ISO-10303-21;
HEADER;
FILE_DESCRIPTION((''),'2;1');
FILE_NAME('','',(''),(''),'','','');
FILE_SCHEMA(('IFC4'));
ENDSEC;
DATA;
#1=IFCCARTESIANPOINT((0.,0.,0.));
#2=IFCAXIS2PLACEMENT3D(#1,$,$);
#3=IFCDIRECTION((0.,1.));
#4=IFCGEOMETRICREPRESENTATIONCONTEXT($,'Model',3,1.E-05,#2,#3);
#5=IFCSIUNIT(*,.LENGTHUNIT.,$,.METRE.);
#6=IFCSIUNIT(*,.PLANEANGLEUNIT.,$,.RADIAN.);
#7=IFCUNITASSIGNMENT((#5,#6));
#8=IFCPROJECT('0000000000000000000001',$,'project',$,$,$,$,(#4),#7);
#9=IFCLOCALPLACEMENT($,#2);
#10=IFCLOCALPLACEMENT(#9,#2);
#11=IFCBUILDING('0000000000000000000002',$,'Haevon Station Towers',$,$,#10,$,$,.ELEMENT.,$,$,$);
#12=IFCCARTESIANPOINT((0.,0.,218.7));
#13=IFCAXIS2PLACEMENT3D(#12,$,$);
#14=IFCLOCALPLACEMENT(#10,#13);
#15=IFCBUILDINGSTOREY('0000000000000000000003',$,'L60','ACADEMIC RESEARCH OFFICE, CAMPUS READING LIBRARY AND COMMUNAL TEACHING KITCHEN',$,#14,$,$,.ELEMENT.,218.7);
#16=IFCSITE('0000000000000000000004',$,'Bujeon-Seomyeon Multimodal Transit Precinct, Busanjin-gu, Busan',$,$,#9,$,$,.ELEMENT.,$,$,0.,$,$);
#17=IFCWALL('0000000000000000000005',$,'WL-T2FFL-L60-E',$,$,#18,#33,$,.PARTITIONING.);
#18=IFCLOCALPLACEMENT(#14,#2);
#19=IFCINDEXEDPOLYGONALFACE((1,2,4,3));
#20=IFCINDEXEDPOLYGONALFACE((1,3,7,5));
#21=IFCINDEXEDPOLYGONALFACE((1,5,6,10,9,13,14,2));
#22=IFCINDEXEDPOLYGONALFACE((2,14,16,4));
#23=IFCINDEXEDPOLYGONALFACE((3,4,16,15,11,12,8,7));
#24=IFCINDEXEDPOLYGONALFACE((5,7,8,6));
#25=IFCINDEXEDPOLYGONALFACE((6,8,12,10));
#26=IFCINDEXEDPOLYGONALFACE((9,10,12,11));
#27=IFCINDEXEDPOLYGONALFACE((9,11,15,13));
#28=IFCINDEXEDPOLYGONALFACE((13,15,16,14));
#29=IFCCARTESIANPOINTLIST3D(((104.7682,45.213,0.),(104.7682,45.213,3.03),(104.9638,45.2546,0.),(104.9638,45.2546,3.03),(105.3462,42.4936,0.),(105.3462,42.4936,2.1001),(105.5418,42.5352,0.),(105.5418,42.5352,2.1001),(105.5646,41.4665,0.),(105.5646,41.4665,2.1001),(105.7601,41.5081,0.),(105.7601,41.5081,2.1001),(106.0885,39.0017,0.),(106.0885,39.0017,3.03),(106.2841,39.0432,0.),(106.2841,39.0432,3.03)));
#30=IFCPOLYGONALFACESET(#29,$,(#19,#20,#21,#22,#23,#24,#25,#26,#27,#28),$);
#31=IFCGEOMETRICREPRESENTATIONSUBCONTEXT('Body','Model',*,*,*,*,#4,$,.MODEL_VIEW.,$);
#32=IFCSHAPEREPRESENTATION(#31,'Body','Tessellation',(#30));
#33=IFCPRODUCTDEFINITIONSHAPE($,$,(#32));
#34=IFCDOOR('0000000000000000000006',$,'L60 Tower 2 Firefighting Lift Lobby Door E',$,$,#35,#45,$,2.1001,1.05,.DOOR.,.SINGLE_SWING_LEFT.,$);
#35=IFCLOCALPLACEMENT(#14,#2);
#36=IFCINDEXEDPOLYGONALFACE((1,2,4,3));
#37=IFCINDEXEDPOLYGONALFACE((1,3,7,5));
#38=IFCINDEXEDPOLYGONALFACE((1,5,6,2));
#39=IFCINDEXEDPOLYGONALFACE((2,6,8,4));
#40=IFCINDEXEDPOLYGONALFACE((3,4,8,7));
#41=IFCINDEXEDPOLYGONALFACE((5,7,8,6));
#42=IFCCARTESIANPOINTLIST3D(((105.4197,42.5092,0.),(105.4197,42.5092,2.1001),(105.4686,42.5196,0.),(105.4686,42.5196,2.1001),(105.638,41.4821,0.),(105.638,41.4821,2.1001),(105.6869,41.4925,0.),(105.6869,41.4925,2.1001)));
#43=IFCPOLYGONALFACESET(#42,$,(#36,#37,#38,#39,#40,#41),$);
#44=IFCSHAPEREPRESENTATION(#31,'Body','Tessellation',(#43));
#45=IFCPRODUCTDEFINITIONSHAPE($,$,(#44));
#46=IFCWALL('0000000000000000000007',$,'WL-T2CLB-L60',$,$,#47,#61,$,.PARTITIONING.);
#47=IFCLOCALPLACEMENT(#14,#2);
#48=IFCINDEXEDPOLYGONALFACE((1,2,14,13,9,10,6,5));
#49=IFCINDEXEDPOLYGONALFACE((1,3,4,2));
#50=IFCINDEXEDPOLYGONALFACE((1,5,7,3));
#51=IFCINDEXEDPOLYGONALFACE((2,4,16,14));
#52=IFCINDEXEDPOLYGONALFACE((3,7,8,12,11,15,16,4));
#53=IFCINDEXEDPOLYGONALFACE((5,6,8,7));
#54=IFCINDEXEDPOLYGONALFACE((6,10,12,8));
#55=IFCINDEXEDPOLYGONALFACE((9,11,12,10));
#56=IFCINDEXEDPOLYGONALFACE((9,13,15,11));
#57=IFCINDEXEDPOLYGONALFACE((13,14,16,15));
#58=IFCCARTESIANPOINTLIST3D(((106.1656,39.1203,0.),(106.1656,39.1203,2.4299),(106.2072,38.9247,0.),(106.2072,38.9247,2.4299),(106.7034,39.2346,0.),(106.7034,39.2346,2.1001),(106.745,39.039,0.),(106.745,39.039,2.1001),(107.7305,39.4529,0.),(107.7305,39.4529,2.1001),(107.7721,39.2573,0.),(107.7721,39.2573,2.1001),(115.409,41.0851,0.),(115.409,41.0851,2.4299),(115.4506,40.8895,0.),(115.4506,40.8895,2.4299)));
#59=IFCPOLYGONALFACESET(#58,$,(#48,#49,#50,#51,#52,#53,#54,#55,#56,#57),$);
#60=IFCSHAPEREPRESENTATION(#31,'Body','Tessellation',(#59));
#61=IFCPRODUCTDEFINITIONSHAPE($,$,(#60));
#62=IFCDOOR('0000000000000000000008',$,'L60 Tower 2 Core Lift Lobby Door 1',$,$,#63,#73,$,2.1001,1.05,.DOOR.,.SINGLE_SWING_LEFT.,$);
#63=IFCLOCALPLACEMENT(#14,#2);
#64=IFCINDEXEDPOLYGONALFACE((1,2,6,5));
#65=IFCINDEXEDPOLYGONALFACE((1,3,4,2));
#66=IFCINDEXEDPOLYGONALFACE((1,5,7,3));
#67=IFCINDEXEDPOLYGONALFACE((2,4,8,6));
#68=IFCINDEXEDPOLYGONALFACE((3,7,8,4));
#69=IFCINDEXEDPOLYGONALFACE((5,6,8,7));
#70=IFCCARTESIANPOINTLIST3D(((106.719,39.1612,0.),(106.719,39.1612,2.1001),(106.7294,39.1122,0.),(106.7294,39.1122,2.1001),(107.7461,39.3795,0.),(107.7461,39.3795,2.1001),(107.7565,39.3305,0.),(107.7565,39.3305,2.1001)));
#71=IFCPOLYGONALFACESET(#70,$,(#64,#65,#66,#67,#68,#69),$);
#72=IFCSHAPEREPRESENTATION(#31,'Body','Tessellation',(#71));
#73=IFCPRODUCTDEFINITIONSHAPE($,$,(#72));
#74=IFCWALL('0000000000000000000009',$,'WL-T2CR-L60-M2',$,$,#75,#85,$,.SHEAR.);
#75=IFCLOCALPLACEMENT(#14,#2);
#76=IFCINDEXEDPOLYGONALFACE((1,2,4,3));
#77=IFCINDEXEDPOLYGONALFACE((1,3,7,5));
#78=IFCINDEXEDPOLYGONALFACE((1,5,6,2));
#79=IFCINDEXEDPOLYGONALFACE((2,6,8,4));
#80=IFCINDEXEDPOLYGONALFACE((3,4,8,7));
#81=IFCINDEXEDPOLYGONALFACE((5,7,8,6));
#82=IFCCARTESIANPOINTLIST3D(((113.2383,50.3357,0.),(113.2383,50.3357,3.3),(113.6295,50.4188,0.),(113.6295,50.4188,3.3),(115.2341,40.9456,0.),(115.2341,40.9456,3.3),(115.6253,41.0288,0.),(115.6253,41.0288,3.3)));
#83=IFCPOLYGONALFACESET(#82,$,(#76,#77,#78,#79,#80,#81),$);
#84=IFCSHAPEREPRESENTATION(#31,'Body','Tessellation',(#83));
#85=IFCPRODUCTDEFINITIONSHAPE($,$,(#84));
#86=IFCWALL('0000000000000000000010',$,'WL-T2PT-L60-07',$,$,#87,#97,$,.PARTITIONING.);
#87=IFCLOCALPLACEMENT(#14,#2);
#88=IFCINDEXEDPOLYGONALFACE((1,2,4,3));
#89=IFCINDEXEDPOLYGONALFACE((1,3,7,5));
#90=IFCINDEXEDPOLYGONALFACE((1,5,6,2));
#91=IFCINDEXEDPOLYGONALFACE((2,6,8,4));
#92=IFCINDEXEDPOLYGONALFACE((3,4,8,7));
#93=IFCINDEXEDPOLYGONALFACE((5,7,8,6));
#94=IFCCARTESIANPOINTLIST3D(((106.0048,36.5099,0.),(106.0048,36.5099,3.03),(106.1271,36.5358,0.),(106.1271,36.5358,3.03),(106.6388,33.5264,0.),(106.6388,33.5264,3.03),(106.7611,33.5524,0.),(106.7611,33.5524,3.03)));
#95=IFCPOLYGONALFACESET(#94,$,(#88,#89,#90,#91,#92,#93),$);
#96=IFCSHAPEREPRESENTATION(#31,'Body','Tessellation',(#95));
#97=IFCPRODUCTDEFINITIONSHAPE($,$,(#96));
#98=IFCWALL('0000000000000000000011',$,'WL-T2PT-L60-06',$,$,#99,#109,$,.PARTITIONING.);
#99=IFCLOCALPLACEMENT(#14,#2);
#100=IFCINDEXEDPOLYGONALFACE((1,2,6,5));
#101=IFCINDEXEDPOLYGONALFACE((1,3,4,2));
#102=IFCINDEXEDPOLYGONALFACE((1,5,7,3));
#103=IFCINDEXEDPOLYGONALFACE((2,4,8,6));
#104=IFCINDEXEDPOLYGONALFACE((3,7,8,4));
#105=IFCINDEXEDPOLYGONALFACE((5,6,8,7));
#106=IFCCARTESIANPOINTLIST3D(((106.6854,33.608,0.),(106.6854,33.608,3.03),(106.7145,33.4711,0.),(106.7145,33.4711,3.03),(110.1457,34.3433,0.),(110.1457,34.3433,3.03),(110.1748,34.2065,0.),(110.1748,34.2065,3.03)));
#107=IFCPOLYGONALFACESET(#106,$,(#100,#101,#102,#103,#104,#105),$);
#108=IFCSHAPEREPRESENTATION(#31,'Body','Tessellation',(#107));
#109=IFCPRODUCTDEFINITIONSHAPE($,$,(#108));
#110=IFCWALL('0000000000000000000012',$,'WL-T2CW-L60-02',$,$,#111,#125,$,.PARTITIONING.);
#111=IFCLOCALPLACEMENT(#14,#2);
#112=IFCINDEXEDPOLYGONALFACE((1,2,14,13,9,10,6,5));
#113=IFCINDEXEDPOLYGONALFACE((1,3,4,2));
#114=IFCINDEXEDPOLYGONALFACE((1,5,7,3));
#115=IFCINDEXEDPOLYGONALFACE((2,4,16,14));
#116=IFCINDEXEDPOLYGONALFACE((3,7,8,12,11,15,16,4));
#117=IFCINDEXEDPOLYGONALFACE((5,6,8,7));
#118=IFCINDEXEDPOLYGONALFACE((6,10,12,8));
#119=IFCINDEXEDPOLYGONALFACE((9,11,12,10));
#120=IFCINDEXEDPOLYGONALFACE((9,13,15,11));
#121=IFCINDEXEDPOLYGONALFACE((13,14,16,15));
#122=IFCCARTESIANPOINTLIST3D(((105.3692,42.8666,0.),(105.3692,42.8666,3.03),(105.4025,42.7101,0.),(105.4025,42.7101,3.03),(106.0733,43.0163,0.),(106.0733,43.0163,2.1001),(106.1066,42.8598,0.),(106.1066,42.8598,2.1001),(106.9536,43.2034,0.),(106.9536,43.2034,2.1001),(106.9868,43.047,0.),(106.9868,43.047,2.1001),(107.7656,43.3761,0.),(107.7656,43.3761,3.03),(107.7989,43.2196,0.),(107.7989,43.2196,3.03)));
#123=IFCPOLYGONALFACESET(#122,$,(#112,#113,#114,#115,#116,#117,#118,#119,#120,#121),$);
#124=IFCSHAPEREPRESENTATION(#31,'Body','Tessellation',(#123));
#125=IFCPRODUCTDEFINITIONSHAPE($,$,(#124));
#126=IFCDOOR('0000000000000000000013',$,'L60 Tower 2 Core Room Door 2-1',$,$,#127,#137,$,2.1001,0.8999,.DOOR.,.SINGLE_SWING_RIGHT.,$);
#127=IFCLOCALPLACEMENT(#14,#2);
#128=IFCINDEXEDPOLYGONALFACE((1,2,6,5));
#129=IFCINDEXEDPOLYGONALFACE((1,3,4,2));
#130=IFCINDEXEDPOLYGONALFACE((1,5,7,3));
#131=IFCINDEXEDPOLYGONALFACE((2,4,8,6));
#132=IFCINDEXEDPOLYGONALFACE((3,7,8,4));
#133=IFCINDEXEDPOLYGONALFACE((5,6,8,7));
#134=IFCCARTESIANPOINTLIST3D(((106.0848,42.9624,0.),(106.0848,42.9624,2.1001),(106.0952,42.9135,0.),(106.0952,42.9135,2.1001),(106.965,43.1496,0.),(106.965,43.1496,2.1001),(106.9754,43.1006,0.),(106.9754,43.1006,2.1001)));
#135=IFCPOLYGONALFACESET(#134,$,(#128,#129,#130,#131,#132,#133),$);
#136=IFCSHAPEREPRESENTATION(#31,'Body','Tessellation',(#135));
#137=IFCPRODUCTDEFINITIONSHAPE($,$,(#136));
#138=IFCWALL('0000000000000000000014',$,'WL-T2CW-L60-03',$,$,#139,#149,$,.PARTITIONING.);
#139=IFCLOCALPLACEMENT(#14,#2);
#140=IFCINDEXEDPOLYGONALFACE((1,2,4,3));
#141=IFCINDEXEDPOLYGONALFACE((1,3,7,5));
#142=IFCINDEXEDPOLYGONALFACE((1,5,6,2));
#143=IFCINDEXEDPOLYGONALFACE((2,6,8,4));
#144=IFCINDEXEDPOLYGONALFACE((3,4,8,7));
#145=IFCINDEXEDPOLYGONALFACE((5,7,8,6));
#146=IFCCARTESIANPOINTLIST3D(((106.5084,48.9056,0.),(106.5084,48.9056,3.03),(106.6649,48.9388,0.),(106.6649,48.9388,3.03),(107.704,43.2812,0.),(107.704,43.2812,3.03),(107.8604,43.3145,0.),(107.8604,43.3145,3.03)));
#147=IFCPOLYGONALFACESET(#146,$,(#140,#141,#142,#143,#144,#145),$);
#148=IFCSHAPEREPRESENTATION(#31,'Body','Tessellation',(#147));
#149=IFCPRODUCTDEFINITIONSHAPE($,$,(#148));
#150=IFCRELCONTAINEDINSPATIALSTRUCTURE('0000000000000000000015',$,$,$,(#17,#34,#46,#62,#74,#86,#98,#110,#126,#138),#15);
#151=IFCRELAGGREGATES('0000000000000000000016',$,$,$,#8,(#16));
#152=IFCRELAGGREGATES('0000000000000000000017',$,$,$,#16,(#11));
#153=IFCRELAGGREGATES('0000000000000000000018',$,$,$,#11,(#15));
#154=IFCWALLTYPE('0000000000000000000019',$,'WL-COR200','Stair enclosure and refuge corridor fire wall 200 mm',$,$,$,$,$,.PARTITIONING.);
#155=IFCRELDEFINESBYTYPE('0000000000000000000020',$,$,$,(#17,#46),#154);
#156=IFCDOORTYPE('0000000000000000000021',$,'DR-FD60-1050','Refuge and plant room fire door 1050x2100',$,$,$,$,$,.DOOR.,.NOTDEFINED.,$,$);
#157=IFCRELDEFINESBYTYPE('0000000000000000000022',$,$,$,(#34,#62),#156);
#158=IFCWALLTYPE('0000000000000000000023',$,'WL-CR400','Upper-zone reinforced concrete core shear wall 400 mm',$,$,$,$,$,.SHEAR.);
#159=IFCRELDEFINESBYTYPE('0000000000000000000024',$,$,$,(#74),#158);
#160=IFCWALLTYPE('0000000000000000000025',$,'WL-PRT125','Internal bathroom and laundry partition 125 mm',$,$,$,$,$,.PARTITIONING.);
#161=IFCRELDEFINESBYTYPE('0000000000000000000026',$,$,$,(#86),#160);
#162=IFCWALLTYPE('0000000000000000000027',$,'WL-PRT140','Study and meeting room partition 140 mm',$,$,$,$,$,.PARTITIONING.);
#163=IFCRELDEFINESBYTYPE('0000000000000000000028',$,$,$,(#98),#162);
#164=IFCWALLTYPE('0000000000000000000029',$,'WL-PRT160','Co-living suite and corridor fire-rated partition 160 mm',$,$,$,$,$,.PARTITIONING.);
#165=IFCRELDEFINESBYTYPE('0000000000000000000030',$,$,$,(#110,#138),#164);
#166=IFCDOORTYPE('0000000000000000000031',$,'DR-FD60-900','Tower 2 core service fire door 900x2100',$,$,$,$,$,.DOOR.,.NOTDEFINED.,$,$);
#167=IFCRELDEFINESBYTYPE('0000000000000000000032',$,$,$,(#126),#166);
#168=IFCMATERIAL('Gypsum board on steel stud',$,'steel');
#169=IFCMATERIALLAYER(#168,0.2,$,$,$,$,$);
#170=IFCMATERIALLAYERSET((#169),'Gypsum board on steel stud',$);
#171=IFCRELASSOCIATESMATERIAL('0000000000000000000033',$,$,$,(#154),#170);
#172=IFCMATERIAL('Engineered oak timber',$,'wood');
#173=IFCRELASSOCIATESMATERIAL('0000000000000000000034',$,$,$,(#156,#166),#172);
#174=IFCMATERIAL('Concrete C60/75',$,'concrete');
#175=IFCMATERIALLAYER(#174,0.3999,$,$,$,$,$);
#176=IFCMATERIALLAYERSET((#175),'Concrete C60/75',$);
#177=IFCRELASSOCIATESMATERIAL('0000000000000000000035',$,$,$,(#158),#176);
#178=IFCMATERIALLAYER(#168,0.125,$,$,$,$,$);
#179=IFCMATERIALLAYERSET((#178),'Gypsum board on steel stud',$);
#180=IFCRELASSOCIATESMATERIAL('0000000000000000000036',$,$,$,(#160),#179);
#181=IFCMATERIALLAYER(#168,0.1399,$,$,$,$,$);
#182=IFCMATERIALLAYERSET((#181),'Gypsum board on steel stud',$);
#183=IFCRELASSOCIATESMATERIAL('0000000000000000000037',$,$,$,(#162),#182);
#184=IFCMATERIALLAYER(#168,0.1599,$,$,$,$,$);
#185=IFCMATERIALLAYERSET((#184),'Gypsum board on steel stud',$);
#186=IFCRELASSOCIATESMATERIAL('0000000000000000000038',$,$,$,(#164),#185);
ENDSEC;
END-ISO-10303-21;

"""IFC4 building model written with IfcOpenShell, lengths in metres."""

from ifc_helpers import new_model, si_unit, direction, frame, frame_2d, origin, place, context, subcontext, project, spatial, rectangle, extrude, material, layer, layer_set, type_object, element, fill, save


model = new_model("IFC4")

# Units and contexts
model_context = context("Model", 3, precision=1e-05, world=origin(), true_north=direction((0.0, 1.0)))
body_context = subcontext(model_context, "Body", "Model", "MODEL_VIEW")
ifc_project = project(units=[si_unit("LENGTHUNIT", "METRE"), si_unit("PLANEANGLEUNIT", "RADIAN")], contexts=[model_context])

# Site, building, storey
site_placement = place(None, origin())
site = spatial("IfcSite", under=ifc_project, at=site_placement, Name="Bujeon-Seomyeon Multimodal Transit Precinct, Busanjin-gu, Busan", CompositionType="ELEMENT", RefElevation=0.0)
building_placement = place(site_placement, origin())
building = spatial("IfcBuilding", under=site, at=building_placement, Name="Haevon Station Towers", CompositionType="ELEMENT")
storey_placement = place(building_placement, frame((0.0, 0.0, 218.7)))
storey = spatial("IfcBuildingStorey", under=building, at=storey_placement, Name="L60", Description="ACADEMIC RESEARCH OFFICE, CAMPUS READING LIBRARY AND COMMUNAL TEACHING KITCHEN", CompositionType="ELEMENT", Elevation=218.7)

# Walls, openings, doors
ifc_material_1 = material(Name="Gypsum board on steel stud", Category="steel")
ifc_layer_1 = layer(ifc_material_1, 0.2)
ifc_layer_set_1 = layer_set([ifc_layer_1], Name="Gypsum board on steel stud")
wall_type_1 = type_object("IfcWallType", Name="WL-COR200", Description="Stair enclosure and refuge corridor fire wall 200 mm", PredefinedType="PARTITIONING", material=ifc_layer_set_1)
ifc_material_2 = material(Name="Engineered oak timber", Category="wood")
wall_1_placement = place(storey_placement, frame((106.1863, 39.0225, 0.0), z_axis=(0.0, 0.0, 1.0), x_axis=(-0.207917, 0.978147, 0.0)))
wall_1 = element("IfcWall", 1, at=wall_1_placement, inside=storey, type_object=wall_type_1, Name="WL-T2FFL-L60-E", PredefinedType="PARTITIONING", context=body_context, shape_type="SweptSolid", body=[
    extrude(rectangle(XDim=6.3501, YDim=0.2, at=frame_2d((3.175, 0.0))), origin(), (0.0, 0.0, 1.0), 3.03),
])
opening_1_placement = place(wall_1_placement, frame((2.52, 0.0, 0.0)))
opening_1 = element("IfcOpeningElement", 2, at=opening_1_placement, cuts=wall_1, PredefinedType="OPENING", context=body_context, shape_type="SweptSolid", body=[
    extrude(rectangle(XDim=1.05, YDim=2.1001, at=frame_2d((0.5249, 1.05))), frame((0.0, 0.1099, 0.0), z_axis=(0.0, -1.0, 0.0), x_axis=(1.0, 0.0, 0.0)), (0.0, 0.0, 1.0), 0.22),
])
door_type_1 = type_object("IfcDoorType", Name="DR-FD60-1050", Description="Refuge and plant room fire door 1050x2100", OperationType="NOTDEFINED", PredefinedType="DOOR", material=ifc_material_2)
door_1_placement = place(opening_1_placement, origin())
door_1 = element("IfcDoor", 3, at=door_1_placement, inside=storey, type_object=door_type_1, Name="L60 Tower 2 Firefighting Lift Lobby Door E", OperationType="SINGLE_SWING_LEFT", OverallHeight=2.1001, OverallWidth=1.05, PredefinedType="DOOR", context=body_context, shape_type="SweptSolid", body=[
    extrude(rectangle(XDim=1.05, YDim=2.1001, at=frame_2d((0.5249, 1.05))), frame((0.0, 0.0249, 0.0), z_axis=(0.0, -1.0, 0.0), x_axis=(1.0, 0.0, 0.0)), (0.0, 0.0, 1.0), 0.05),
])
fill(opening_1, door_1)
wall_2_placement = place(storey_placement, frame((106.1863, 39.0225, 0.0), z_axis=(0.0, 0.0, 1.0), x_axis=(0.978146, 0.207921, 0.0)))
wall_2 = element("IfcWall", 4, at=wall_2_placement, inside=storey, type_object=wall_type_1, Name="WL-T2CLB-L60", PredefinedType="PARTITIONING", context=body_context, shape_type="SweptSolid", body=[
    extrude(rectangle(XDim=9.45, YDim=0.2, at=frame_2d((4.7251, 0.0))), origin(), (0.0, 0.0, 1.0), 2.4299),
])
opening_2_placement = place(wall_2_placement, frame((0.55, 0.0, 0.0)))
opening_2 = element("IfcOpeningElement", 5, at=opening_2_placement, cuts=wall_2, PredefinedType="OPENING", context=body_context, shape_type="SweptSolid", body=[
    extrude(rectangle(XDim=1.05, YDim=2.1001, at=frame_2d((0.5249, 1.05))), frame((0.0, 0.1099, 0.0), z_axis=(0.0, -1.0, 0.0), x_axis=(1.0, 0.0, 0.0)), (0.0, 0.0, 1.0), 0.22),
])
door_2_placement = place(opening_2_placement, origin())
door_2 = element("IfcDoor", 6, at=door_2_placement, inside=storey, type_object=door_type_1, Name="L60 Tower 2 Core Lift Lobby Door 1", OperationType="SINGLE_SWING_LEFT", OverallHeight=2.1001, OverallWidth=1.05, PredefinedType="DOOR", context=body_context, shape_type="SweptSolid", body=[
    extrude(rectangle(XDim=1.05, YDim=2.1001, at=frame_2d((0.5249, 1.05))), frame((0.0, 0.0249, 0.0), z_axis=(0.0, -1.0, 0.0), x_axis=(1.0, 0.0, 0.0)), (0.0, 0.0, 1.0), 0.05),
])
fill(opening_2, door_2)

# Walls
ifc_material_3 = material(Name="Concrete C60/75", Category="concrete")
ifc_layer_2 = layer(ifc_material_3, 0.3999)
ifc_layer_set_2 = layer_set([ifc_layer_2], Name="Concrete C60/75")
wall_type_2 = type_object("IfcWallType", Name="WL-CR400", Description="Upper-zone reinforced concrete core shear wall 400 mm", PredefinedType="SHEAR", material=ifc_layer_set_2)
wall_3_placement = place(storey_placement, frame((115.4297, 40.9873, 0.0), z_axis=(0.0, 0.0, 1.0), x_axis=(-0.207903, 0.978149, 0.0)))
element("IfcWall", 7, at=wall_3_placement, inside=storey, type_object=wall_type_2, Name="WL-T2CR-L60-M2", PredefinedType="SHEAR", context=body_context, shape_type="SweptSolid", body=[
    extrude(rectangle(XDim=9.5999, YDim=0.3999, at=frame_2d((4.7998, 0.0))), origin(), (0.0, 0.0, 1.0), 3.3),
])
ifc_layer_3 = layer(ifc_material_1, 0.125)
ifc_layer_set_3 = layer_set([ifc_layer_3], Name="Gypsum board on steel stud")
wall_type_3 = type_object("IfcWallType", Name="WL-PRT125", Description="Internal bathroom and laundry partition 125 mm", PredefinedType="PARTITIONING", material=ifc_layer_set_3)
wall_4_placement = place(storey_placement, frame((106.7, 33.5396, 0.0), z_axis=(0.0, 0.0, 1.0), x_axis=(-0.207878, 0.978155, 0.0)))
element("IfcWall", 8, at=wall_4_placement, inside=storey, type_object=wall_type_3, Name="WL-T2PT-L60-07", PredefinedType="PARTITIONING", context=body_context, shape_type="SweptSolid", body=[
    extrude(rectangle(XDim=3.05, YDim=0.125, at=frame_2d((1.5249, 0.0))), origin(), (0.0, 0.0, 1.0), 3.03),
])
ifc_layer_4 = layer(ifc_material_1, 0.1399)
ifc_layer_set_4 = layer_set([ifc_layer_4], Name="Gypsum board on steel stud")
wall_type_4 = type_object("IfcWallType", Name="WL-PRT140", Description="Study and meeting room partition 140 mm", PredefinedType="PARTITIONING", material=ifc_layer_set_4)
wall_5_placement = place(storey_placement, frame((106.7, 33.5396, 0.0), z_axis=(0.0, 0.0, 1.0), x_axis=(0.978156, 0.207874, 0.0)))
element("IfcWall", 9, at=wall_5_placement, inside=storey, type_object=wall_type_4, Name="WL-T2PT-L60-06", PredefinedType="PARTITIONING", context=body_context, shape_type="SweptSolid", body=[
    extrude(rectangle(XDim=3.5376, YDim=0.1399, at=frame_2d((1.7688, 0.0))), origin(), (0.0, 0.0, 1.0), 3.03),
])

# Wall, opening, door
ifc_layer_5 = layer(ifc_material_1, 0.1599)
ifc_layer_set_5 = layer_set([ifc_layer_5], Name="Gypsum board on steel stud")
wall_type_5 = type_object("IfcWallType", Name="WL-PRT160", Description="Co-living suite and corridor fire-rated partition 160 mm", PredefinedType="PARTITIONING", material=ifc_layer_set_5)
wall_6_placement = place(storey_placement, frame((105.3857, 42.7883, 0.0), z_axis=(0.0, 0.0, 1.0), x_axis=(0.978137, 0.207964, 0.0)))
wall_6 = element("IfcWall", 10, at=wall_6_placement, inside=storey, type_object=wall_type_5, Name="WL-T2CW-L60-02", PredefinedType="PARTITIONING", context=body_context, shape_type="SweptSolid", body=[
    extrude(rectangle(XDim=2.45, YDim=0.1599, at=frame_2d((1.2251, 0.0))), origin(), (0.0, 0.0, 1.0), 3.03),
])
opening_3_placement = place(wall_6_placement, frame((0.72, 0.0, 0.0)))
opening_3 = element("IfcOpeningElement", 11, at=opening_3_placement, cuts=wall_6, PredefinedType="OPENING", context=body_context, shape_type="SweptSolid", body=[
    extrude(rectangle(XDim=0.8999, YDim=2.1001, at=frame_2d((0.45, 1.05))), frame((0.0, 0.0898, 0.0), z_axis=(0.0, -1.0, 0.0), x_axis=(1.0, 0.0, 0.0)), (0.0, 0.0, 1.0), 0.1799),
])
door_type_2 = type_object("IfcDoorType", Name="DR-FD60-900", Description="Tower 2 core service fire door 900x2100", OperationType="NOTDEFINED", PredefinedType="DOOR", material=ifc_material_2)
door_3_placement = place(opening_3_placement, origin())
door_3 = element("IfcDoor", 12, at=door_3_placement, inside=storey, type_object=door_type_2, Name="L60 Tower 2 Core Room Door 2-1", OperationType="SINGLE_SWING_RIGHT", OverallHeight=2.1001, OverallWidth=0.8999, PredefinedType="DOOR", context=body_context, shape_type="SweptSolid", body=[
    extrude(rectangle(XDim=0.8999, YDim=2.1001, at=frame_2d((0.45, 1.05))), frame((0.0, 0.0249, 0.0), z_axis=(0.0, -1.0, 0.0), x_axis=(1.0, 0.0, 0.0)), (0.0, 0.0, 1.0), 0.05),
])
fill(opening_3, door_3)

# Wall
wall_7_placement = place(storey_placement, frame((107.7822, 43.2979, 0.0), z_axis=(0.0, 0.0, 1.0), x_axis=(-0.207925, 0.978145, 0.0)))
element("IfcWall", 13, at=wall_7_placement, inside=storey, type_object=wall_type_5, Name="WL-T2CW-L60-03", PredefinedType="PARTITIONING", context=body_context, shape_type="SweptSolid", body=[
    extrude(rectangle(XDim=5.75, YDim=0.1599, at=frame_2d((2.875, 0.0))), origin(), (0.0, 0.0, 1.0), 3.03),
])

save(model, "model.ifc")
